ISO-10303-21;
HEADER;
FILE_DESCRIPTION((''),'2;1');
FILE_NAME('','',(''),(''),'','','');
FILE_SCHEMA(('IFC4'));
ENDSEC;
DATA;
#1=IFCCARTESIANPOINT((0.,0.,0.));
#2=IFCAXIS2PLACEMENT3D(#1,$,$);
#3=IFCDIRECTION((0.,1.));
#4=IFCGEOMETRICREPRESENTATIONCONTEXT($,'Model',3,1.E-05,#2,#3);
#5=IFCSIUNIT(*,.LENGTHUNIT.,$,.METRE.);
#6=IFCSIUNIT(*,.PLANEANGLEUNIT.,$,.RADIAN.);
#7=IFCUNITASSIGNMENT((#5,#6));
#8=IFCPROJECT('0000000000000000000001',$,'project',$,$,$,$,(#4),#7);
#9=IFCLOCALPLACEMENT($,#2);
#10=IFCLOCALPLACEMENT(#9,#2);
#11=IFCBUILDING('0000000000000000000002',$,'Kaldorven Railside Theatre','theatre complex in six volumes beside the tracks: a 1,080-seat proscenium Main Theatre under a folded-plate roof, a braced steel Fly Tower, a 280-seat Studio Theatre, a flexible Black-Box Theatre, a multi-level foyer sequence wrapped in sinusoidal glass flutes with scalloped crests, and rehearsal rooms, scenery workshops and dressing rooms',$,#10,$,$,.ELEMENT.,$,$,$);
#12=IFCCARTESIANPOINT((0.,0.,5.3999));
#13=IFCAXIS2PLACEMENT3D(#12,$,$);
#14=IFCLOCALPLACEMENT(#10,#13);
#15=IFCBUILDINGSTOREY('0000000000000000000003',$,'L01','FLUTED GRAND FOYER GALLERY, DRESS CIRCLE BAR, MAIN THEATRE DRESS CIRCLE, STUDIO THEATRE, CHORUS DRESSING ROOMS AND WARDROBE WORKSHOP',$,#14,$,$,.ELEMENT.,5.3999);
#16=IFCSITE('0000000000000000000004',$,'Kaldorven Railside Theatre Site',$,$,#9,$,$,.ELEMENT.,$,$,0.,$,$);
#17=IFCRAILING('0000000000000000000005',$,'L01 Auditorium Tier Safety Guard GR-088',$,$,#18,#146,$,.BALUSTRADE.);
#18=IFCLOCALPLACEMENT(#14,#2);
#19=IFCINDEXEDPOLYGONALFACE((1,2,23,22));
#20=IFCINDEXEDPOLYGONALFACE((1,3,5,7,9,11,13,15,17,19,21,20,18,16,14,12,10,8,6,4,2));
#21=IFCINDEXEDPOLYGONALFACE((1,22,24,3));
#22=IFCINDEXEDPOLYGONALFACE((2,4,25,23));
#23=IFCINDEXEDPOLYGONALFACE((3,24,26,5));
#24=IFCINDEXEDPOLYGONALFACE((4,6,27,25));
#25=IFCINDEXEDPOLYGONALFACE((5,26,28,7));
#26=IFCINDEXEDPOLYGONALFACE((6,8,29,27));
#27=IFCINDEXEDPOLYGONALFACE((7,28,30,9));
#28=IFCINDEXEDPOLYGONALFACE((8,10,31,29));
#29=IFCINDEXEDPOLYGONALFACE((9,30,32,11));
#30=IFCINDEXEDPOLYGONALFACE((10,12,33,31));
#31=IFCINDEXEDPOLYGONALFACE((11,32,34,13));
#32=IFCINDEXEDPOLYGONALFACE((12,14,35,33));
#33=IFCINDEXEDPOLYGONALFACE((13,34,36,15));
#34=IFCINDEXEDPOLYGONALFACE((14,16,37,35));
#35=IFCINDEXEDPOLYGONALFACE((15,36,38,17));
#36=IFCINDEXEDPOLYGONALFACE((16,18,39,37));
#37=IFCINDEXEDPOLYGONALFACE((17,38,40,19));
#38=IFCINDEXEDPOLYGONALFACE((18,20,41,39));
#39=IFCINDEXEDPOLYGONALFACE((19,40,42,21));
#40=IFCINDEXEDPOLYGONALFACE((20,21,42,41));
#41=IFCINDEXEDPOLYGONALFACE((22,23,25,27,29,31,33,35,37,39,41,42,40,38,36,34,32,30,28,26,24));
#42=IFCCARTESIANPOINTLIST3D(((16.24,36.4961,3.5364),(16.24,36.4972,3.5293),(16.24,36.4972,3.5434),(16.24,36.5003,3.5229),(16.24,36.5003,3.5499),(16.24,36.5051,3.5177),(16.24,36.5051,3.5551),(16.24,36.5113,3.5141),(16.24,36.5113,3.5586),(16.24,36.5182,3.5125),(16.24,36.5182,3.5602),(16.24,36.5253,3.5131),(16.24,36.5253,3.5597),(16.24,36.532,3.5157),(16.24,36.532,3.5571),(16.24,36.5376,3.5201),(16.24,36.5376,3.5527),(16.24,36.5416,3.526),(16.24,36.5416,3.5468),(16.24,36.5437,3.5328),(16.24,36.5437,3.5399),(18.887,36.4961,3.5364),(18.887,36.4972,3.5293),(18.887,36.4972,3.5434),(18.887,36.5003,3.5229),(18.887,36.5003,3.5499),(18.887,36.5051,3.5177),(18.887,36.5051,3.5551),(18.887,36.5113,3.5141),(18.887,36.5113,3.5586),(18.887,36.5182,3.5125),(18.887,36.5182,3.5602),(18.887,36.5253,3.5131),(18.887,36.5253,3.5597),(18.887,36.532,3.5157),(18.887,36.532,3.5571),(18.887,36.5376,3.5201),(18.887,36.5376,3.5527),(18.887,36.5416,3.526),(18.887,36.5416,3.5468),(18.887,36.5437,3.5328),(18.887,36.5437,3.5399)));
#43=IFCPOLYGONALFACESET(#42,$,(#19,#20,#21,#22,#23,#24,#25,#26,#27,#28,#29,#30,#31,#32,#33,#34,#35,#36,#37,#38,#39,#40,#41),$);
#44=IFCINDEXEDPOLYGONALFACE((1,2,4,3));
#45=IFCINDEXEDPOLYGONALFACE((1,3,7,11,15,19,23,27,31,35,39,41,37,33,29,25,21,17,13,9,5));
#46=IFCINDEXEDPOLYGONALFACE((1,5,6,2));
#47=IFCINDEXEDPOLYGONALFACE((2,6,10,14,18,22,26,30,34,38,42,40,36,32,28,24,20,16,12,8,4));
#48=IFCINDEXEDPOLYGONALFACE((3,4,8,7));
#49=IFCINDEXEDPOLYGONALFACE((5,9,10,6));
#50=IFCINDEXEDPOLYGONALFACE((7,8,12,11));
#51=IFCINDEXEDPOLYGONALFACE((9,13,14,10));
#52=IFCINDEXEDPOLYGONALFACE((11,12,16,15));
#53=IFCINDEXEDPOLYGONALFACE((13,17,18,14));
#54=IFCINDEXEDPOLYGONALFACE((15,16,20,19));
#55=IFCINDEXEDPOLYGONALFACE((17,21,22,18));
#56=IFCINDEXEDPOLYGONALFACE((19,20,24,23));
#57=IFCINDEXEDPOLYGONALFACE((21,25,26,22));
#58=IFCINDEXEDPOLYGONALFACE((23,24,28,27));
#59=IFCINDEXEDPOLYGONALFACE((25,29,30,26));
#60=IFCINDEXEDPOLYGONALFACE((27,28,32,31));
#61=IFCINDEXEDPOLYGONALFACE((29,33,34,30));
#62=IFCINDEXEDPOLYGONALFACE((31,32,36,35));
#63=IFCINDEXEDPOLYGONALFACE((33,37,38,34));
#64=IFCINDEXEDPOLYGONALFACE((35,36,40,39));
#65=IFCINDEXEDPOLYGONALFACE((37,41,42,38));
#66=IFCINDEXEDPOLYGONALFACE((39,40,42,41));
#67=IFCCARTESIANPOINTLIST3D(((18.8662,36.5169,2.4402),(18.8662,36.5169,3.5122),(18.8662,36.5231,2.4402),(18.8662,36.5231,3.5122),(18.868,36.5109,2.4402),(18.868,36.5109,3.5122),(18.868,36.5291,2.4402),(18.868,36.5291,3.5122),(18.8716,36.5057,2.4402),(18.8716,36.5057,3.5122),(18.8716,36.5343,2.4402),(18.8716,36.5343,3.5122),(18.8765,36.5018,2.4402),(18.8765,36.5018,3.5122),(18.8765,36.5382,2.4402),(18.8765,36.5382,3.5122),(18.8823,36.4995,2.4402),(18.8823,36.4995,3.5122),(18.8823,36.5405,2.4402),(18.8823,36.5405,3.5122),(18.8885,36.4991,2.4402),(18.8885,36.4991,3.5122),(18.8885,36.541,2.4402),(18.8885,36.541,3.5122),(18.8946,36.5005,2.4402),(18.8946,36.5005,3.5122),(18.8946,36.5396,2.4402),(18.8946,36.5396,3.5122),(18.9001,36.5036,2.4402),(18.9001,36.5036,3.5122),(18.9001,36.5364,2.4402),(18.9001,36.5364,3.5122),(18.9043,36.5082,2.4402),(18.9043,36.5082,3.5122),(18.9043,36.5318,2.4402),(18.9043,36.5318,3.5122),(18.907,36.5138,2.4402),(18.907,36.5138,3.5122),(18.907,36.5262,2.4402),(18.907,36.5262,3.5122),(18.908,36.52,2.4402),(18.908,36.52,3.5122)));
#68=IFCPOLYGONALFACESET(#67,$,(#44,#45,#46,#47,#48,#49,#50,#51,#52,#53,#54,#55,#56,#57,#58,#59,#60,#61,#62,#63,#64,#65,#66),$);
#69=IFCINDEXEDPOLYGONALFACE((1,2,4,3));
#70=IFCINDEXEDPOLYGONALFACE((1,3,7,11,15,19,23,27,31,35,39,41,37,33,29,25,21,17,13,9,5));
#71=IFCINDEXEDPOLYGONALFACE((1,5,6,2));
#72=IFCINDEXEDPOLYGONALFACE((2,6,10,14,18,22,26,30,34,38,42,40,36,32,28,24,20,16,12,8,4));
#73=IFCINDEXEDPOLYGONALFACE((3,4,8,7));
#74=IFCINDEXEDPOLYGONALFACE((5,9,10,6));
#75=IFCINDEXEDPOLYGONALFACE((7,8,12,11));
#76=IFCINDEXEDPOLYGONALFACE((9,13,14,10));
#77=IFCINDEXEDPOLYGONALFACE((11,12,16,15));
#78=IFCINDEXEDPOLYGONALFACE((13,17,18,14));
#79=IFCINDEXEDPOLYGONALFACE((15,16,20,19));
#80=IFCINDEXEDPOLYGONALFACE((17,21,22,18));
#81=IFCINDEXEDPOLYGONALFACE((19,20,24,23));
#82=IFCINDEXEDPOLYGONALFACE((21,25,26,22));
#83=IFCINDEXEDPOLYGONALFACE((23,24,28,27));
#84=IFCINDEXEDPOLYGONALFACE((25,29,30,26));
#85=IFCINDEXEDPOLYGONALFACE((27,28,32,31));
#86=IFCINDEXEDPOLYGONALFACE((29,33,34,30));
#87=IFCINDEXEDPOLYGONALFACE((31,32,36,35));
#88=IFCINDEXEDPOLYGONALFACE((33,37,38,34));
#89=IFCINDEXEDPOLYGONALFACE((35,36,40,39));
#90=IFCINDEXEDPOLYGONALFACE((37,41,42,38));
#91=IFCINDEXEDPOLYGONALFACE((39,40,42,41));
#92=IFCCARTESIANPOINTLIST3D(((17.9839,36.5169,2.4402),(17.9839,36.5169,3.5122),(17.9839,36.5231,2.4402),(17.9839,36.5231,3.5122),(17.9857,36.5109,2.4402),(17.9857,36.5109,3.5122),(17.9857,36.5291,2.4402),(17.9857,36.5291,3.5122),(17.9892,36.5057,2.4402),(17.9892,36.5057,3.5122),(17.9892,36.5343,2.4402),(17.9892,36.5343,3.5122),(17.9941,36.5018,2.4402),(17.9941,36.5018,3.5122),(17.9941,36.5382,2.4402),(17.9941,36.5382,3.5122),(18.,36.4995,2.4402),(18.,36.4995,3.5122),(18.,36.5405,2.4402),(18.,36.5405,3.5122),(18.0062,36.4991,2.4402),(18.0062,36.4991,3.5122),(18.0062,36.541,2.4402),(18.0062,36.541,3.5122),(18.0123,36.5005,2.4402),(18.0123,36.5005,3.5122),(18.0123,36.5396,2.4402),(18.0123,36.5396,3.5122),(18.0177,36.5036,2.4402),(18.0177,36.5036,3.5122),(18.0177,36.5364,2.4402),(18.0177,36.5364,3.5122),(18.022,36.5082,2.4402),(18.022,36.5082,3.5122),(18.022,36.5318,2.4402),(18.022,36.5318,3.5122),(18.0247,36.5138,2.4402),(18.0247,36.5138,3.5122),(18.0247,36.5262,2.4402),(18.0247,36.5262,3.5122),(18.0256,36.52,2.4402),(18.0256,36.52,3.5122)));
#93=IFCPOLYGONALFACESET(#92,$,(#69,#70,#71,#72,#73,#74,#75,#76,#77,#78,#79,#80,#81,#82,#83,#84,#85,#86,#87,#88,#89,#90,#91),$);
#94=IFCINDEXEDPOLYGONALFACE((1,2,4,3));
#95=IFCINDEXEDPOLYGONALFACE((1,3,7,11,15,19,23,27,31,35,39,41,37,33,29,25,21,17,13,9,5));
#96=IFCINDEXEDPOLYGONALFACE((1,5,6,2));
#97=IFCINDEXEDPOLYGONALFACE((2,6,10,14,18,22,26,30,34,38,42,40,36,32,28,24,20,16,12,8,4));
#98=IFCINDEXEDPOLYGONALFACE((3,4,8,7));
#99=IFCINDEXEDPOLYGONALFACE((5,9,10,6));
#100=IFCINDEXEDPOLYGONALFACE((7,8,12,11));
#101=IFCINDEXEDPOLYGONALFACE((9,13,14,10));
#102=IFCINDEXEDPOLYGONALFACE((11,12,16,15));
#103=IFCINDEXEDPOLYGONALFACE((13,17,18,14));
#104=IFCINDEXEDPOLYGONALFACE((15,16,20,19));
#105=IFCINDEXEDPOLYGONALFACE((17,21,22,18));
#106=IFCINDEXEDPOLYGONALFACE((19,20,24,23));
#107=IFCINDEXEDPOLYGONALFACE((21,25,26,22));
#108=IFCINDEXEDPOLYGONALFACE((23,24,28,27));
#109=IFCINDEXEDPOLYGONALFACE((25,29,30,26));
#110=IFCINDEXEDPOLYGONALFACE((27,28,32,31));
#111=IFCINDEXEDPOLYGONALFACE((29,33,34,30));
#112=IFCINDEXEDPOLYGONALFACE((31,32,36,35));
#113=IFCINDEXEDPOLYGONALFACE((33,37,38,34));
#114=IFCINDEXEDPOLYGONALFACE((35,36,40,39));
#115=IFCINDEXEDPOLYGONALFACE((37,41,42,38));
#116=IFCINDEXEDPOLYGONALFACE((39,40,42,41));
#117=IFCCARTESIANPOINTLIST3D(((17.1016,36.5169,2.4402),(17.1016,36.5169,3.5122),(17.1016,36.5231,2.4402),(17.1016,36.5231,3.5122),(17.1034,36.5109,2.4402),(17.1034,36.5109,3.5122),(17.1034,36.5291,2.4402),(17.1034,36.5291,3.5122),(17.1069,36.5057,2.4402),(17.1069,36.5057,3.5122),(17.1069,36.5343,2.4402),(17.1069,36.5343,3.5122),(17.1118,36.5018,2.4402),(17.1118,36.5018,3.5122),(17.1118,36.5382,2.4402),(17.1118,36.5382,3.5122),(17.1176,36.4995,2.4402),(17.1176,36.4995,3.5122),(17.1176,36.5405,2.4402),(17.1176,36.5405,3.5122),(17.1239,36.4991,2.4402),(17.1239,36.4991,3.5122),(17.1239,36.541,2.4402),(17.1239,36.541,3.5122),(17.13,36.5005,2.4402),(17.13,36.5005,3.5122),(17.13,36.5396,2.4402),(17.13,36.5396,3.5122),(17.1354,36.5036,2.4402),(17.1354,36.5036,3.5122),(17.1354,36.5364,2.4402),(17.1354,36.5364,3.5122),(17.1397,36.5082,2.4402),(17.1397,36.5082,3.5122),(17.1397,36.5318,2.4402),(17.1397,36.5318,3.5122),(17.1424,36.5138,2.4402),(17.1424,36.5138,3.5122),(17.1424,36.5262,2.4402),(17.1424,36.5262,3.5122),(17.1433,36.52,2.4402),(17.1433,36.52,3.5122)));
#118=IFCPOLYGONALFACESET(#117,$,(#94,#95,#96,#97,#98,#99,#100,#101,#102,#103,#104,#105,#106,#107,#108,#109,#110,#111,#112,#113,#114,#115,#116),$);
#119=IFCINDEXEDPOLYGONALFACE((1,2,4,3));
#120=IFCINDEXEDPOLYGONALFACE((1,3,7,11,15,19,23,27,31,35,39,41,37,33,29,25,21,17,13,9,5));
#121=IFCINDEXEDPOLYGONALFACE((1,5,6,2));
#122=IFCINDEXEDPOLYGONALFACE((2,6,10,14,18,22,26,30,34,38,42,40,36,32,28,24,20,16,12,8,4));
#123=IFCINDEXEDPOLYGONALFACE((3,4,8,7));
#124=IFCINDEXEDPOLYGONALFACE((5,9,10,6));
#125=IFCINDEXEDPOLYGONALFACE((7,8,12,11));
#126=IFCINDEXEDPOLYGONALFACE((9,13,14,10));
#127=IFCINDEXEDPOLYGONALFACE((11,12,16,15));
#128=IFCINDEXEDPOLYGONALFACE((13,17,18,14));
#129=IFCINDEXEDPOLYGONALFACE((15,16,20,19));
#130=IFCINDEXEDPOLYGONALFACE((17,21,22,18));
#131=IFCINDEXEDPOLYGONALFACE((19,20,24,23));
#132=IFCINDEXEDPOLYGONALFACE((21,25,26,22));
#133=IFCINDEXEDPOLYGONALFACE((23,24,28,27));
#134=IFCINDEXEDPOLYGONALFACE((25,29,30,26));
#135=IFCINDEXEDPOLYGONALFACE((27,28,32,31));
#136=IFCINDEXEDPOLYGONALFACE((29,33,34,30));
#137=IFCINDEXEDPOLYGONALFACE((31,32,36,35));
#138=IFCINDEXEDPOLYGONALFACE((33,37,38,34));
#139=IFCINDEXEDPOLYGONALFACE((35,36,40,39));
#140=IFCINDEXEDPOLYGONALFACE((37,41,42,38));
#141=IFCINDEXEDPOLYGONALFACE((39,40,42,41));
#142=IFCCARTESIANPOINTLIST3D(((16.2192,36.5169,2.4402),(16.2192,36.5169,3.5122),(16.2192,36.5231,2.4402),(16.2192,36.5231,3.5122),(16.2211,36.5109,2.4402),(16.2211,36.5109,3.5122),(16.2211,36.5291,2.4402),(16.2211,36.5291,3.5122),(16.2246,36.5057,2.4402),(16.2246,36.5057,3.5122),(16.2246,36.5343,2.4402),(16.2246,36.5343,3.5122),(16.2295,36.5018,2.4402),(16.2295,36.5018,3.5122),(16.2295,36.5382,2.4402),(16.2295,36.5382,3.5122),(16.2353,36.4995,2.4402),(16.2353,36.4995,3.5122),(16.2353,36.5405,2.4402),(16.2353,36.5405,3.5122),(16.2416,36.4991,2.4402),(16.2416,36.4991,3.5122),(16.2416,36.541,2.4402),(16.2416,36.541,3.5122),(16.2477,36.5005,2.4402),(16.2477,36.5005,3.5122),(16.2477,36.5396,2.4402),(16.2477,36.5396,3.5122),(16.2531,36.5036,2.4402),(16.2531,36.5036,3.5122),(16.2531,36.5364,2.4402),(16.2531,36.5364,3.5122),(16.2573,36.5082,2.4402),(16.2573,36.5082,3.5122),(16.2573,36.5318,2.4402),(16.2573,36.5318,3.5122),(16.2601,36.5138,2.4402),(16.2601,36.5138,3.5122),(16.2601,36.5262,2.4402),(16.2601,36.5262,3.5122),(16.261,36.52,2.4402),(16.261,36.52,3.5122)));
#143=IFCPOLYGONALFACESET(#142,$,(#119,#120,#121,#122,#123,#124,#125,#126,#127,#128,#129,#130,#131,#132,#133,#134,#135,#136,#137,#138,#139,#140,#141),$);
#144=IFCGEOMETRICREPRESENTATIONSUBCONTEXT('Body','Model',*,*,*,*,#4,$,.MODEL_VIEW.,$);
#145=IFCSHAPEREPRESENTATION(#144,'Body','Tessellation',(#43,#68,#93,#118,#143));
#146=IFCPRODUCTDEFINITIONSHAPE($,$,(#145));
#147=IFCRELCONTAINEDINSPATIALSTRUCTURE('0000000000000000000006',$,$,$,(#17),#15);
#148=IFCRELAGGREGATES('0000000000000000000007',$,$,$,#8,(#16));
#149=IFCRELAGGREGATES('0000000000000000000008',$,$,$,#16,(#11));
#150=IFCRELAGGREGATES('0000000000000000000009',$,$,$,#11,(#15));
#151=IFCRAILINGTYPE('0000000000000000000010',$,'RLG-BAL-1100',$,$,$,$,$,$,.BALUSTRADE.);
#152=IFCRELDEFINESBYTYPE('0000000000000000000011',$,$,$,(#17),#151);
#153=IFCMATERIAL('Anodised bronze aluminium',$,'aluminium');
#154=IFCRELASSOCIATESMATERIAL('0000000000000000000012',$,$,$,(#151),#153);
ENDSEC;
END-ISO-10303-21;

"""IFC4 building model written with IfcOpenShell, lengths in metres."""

from ifc_helpers import new_model, si_unit, direction, frame, origin, origin_2d, place, context, subcontext, project, spatial, circle, extrude, material, type_object, element, save


model = new_model("IFC4")

# Units and contexts
model_context = context("Model", 3, precision=1e-05, world=origin(), true_north=direction((0.0, 1.0)))
body_context = subcontext(model_context, "Body", "Model", "MODEL_VIEW")
ifc_project = project(units=[si_unit("LENGTHUNIT", "METRE"), si_unit("PLANEANGLEUNIT", "RADIAN")], contexts=[model_context])

# Site, building, storey
site_placement = place(None, origin())
site = spatial("IfcSite", under=ifc_project, at=site_placement, Name="Kaldorven Railside Theatre Site", CompositionType="ELEMENT", RefElevation=0.0)
building_placement = place(site_placement, origin())
building = spatial("IfcBuilding", under=site, at=building_placement, Name="Kaldorven Railside Theatre", Description="theatre complex in six volumes beside the tracks: a 1,080-seat proscenium Main Theatre under a folded-plate roof, a braced steel Fly Tower, a 280-seat Studio Theatre, a flexible Black-Box Theatre, a multi-level foyer sequence wrapped in sinusoidal glass flutes with scalloped crests, and rehearsal rooms, scenery workshops and dressing rooms", CompositionType="ELEMENT")
storey_placement = place(building_placement, frame((0.0, 0.0, 5.3999)))
storey = spatial("IfcBuildingStorey", under=building, at=storey_placement, Name="L01", Description="FLUTED GRAND FOYER GALLERY, DRESS CIRCLE BAR, MAIN THEATRE DRESS CIRCLE, STUDIO THEATRE, CHORUS DRESSING ROOMS AND WARDROBE WORKSHOP", CompositionType="ELEMENT", Elevation=5.3999)

# Railing
ifc_material_1 = material(Name="Anodised bronze aluminium", Category="aluminium")
railing_type = type_object("IfcRailingType", Name="RLG-BAL-1100", PredefinedType="BALUSTRADE", material=ifc_material_1)
railing_1_placement = place(storey_placement, frame((18.887, 36.52, 2.4402)))
element("IfcRailing", 1, at=railing_1_placement, inside=storey, type_object=railing_type, Name="L01 Auditorium Tier Safety Guard GR-088", PredefinedType="BALUSTRADE", context=body_context, shape_type="SweptSolid", body=[
    extrude(circle(Radius=0.0239, at=origin_2d()), frame((0.0, 0.0, 1.0962), z_axis=(-1.0, 0.0, 0.0), x_axis=(0.0, -1.0, 0.0)), (0.0, 0.0, 1.0), 2.647),
    extrude(circle(Radius=0.021, at=origin_2d()), origin(), (0.0, 0.0, 1.0), 1.072),
    extrude(circle(Radius=0.021, at=origin_2d()), frame((-0.8823, 0.0, 0.0)), (0.0, 0.0, 1.0), 1.072),
    extrude(circle(Radius=0.021, at=origin_2d()), frame((-1.7646, 0.0, 0.0)), (0.0, 0.0, 1.0), 1.072),
    extrude(circle(Radius=0.021, at=origin_2d()), frame((-2.647, 0.0, 0.0)), (0.0, 0.0, 1.0), 1.072),
])

save(model, "model.ifc")
